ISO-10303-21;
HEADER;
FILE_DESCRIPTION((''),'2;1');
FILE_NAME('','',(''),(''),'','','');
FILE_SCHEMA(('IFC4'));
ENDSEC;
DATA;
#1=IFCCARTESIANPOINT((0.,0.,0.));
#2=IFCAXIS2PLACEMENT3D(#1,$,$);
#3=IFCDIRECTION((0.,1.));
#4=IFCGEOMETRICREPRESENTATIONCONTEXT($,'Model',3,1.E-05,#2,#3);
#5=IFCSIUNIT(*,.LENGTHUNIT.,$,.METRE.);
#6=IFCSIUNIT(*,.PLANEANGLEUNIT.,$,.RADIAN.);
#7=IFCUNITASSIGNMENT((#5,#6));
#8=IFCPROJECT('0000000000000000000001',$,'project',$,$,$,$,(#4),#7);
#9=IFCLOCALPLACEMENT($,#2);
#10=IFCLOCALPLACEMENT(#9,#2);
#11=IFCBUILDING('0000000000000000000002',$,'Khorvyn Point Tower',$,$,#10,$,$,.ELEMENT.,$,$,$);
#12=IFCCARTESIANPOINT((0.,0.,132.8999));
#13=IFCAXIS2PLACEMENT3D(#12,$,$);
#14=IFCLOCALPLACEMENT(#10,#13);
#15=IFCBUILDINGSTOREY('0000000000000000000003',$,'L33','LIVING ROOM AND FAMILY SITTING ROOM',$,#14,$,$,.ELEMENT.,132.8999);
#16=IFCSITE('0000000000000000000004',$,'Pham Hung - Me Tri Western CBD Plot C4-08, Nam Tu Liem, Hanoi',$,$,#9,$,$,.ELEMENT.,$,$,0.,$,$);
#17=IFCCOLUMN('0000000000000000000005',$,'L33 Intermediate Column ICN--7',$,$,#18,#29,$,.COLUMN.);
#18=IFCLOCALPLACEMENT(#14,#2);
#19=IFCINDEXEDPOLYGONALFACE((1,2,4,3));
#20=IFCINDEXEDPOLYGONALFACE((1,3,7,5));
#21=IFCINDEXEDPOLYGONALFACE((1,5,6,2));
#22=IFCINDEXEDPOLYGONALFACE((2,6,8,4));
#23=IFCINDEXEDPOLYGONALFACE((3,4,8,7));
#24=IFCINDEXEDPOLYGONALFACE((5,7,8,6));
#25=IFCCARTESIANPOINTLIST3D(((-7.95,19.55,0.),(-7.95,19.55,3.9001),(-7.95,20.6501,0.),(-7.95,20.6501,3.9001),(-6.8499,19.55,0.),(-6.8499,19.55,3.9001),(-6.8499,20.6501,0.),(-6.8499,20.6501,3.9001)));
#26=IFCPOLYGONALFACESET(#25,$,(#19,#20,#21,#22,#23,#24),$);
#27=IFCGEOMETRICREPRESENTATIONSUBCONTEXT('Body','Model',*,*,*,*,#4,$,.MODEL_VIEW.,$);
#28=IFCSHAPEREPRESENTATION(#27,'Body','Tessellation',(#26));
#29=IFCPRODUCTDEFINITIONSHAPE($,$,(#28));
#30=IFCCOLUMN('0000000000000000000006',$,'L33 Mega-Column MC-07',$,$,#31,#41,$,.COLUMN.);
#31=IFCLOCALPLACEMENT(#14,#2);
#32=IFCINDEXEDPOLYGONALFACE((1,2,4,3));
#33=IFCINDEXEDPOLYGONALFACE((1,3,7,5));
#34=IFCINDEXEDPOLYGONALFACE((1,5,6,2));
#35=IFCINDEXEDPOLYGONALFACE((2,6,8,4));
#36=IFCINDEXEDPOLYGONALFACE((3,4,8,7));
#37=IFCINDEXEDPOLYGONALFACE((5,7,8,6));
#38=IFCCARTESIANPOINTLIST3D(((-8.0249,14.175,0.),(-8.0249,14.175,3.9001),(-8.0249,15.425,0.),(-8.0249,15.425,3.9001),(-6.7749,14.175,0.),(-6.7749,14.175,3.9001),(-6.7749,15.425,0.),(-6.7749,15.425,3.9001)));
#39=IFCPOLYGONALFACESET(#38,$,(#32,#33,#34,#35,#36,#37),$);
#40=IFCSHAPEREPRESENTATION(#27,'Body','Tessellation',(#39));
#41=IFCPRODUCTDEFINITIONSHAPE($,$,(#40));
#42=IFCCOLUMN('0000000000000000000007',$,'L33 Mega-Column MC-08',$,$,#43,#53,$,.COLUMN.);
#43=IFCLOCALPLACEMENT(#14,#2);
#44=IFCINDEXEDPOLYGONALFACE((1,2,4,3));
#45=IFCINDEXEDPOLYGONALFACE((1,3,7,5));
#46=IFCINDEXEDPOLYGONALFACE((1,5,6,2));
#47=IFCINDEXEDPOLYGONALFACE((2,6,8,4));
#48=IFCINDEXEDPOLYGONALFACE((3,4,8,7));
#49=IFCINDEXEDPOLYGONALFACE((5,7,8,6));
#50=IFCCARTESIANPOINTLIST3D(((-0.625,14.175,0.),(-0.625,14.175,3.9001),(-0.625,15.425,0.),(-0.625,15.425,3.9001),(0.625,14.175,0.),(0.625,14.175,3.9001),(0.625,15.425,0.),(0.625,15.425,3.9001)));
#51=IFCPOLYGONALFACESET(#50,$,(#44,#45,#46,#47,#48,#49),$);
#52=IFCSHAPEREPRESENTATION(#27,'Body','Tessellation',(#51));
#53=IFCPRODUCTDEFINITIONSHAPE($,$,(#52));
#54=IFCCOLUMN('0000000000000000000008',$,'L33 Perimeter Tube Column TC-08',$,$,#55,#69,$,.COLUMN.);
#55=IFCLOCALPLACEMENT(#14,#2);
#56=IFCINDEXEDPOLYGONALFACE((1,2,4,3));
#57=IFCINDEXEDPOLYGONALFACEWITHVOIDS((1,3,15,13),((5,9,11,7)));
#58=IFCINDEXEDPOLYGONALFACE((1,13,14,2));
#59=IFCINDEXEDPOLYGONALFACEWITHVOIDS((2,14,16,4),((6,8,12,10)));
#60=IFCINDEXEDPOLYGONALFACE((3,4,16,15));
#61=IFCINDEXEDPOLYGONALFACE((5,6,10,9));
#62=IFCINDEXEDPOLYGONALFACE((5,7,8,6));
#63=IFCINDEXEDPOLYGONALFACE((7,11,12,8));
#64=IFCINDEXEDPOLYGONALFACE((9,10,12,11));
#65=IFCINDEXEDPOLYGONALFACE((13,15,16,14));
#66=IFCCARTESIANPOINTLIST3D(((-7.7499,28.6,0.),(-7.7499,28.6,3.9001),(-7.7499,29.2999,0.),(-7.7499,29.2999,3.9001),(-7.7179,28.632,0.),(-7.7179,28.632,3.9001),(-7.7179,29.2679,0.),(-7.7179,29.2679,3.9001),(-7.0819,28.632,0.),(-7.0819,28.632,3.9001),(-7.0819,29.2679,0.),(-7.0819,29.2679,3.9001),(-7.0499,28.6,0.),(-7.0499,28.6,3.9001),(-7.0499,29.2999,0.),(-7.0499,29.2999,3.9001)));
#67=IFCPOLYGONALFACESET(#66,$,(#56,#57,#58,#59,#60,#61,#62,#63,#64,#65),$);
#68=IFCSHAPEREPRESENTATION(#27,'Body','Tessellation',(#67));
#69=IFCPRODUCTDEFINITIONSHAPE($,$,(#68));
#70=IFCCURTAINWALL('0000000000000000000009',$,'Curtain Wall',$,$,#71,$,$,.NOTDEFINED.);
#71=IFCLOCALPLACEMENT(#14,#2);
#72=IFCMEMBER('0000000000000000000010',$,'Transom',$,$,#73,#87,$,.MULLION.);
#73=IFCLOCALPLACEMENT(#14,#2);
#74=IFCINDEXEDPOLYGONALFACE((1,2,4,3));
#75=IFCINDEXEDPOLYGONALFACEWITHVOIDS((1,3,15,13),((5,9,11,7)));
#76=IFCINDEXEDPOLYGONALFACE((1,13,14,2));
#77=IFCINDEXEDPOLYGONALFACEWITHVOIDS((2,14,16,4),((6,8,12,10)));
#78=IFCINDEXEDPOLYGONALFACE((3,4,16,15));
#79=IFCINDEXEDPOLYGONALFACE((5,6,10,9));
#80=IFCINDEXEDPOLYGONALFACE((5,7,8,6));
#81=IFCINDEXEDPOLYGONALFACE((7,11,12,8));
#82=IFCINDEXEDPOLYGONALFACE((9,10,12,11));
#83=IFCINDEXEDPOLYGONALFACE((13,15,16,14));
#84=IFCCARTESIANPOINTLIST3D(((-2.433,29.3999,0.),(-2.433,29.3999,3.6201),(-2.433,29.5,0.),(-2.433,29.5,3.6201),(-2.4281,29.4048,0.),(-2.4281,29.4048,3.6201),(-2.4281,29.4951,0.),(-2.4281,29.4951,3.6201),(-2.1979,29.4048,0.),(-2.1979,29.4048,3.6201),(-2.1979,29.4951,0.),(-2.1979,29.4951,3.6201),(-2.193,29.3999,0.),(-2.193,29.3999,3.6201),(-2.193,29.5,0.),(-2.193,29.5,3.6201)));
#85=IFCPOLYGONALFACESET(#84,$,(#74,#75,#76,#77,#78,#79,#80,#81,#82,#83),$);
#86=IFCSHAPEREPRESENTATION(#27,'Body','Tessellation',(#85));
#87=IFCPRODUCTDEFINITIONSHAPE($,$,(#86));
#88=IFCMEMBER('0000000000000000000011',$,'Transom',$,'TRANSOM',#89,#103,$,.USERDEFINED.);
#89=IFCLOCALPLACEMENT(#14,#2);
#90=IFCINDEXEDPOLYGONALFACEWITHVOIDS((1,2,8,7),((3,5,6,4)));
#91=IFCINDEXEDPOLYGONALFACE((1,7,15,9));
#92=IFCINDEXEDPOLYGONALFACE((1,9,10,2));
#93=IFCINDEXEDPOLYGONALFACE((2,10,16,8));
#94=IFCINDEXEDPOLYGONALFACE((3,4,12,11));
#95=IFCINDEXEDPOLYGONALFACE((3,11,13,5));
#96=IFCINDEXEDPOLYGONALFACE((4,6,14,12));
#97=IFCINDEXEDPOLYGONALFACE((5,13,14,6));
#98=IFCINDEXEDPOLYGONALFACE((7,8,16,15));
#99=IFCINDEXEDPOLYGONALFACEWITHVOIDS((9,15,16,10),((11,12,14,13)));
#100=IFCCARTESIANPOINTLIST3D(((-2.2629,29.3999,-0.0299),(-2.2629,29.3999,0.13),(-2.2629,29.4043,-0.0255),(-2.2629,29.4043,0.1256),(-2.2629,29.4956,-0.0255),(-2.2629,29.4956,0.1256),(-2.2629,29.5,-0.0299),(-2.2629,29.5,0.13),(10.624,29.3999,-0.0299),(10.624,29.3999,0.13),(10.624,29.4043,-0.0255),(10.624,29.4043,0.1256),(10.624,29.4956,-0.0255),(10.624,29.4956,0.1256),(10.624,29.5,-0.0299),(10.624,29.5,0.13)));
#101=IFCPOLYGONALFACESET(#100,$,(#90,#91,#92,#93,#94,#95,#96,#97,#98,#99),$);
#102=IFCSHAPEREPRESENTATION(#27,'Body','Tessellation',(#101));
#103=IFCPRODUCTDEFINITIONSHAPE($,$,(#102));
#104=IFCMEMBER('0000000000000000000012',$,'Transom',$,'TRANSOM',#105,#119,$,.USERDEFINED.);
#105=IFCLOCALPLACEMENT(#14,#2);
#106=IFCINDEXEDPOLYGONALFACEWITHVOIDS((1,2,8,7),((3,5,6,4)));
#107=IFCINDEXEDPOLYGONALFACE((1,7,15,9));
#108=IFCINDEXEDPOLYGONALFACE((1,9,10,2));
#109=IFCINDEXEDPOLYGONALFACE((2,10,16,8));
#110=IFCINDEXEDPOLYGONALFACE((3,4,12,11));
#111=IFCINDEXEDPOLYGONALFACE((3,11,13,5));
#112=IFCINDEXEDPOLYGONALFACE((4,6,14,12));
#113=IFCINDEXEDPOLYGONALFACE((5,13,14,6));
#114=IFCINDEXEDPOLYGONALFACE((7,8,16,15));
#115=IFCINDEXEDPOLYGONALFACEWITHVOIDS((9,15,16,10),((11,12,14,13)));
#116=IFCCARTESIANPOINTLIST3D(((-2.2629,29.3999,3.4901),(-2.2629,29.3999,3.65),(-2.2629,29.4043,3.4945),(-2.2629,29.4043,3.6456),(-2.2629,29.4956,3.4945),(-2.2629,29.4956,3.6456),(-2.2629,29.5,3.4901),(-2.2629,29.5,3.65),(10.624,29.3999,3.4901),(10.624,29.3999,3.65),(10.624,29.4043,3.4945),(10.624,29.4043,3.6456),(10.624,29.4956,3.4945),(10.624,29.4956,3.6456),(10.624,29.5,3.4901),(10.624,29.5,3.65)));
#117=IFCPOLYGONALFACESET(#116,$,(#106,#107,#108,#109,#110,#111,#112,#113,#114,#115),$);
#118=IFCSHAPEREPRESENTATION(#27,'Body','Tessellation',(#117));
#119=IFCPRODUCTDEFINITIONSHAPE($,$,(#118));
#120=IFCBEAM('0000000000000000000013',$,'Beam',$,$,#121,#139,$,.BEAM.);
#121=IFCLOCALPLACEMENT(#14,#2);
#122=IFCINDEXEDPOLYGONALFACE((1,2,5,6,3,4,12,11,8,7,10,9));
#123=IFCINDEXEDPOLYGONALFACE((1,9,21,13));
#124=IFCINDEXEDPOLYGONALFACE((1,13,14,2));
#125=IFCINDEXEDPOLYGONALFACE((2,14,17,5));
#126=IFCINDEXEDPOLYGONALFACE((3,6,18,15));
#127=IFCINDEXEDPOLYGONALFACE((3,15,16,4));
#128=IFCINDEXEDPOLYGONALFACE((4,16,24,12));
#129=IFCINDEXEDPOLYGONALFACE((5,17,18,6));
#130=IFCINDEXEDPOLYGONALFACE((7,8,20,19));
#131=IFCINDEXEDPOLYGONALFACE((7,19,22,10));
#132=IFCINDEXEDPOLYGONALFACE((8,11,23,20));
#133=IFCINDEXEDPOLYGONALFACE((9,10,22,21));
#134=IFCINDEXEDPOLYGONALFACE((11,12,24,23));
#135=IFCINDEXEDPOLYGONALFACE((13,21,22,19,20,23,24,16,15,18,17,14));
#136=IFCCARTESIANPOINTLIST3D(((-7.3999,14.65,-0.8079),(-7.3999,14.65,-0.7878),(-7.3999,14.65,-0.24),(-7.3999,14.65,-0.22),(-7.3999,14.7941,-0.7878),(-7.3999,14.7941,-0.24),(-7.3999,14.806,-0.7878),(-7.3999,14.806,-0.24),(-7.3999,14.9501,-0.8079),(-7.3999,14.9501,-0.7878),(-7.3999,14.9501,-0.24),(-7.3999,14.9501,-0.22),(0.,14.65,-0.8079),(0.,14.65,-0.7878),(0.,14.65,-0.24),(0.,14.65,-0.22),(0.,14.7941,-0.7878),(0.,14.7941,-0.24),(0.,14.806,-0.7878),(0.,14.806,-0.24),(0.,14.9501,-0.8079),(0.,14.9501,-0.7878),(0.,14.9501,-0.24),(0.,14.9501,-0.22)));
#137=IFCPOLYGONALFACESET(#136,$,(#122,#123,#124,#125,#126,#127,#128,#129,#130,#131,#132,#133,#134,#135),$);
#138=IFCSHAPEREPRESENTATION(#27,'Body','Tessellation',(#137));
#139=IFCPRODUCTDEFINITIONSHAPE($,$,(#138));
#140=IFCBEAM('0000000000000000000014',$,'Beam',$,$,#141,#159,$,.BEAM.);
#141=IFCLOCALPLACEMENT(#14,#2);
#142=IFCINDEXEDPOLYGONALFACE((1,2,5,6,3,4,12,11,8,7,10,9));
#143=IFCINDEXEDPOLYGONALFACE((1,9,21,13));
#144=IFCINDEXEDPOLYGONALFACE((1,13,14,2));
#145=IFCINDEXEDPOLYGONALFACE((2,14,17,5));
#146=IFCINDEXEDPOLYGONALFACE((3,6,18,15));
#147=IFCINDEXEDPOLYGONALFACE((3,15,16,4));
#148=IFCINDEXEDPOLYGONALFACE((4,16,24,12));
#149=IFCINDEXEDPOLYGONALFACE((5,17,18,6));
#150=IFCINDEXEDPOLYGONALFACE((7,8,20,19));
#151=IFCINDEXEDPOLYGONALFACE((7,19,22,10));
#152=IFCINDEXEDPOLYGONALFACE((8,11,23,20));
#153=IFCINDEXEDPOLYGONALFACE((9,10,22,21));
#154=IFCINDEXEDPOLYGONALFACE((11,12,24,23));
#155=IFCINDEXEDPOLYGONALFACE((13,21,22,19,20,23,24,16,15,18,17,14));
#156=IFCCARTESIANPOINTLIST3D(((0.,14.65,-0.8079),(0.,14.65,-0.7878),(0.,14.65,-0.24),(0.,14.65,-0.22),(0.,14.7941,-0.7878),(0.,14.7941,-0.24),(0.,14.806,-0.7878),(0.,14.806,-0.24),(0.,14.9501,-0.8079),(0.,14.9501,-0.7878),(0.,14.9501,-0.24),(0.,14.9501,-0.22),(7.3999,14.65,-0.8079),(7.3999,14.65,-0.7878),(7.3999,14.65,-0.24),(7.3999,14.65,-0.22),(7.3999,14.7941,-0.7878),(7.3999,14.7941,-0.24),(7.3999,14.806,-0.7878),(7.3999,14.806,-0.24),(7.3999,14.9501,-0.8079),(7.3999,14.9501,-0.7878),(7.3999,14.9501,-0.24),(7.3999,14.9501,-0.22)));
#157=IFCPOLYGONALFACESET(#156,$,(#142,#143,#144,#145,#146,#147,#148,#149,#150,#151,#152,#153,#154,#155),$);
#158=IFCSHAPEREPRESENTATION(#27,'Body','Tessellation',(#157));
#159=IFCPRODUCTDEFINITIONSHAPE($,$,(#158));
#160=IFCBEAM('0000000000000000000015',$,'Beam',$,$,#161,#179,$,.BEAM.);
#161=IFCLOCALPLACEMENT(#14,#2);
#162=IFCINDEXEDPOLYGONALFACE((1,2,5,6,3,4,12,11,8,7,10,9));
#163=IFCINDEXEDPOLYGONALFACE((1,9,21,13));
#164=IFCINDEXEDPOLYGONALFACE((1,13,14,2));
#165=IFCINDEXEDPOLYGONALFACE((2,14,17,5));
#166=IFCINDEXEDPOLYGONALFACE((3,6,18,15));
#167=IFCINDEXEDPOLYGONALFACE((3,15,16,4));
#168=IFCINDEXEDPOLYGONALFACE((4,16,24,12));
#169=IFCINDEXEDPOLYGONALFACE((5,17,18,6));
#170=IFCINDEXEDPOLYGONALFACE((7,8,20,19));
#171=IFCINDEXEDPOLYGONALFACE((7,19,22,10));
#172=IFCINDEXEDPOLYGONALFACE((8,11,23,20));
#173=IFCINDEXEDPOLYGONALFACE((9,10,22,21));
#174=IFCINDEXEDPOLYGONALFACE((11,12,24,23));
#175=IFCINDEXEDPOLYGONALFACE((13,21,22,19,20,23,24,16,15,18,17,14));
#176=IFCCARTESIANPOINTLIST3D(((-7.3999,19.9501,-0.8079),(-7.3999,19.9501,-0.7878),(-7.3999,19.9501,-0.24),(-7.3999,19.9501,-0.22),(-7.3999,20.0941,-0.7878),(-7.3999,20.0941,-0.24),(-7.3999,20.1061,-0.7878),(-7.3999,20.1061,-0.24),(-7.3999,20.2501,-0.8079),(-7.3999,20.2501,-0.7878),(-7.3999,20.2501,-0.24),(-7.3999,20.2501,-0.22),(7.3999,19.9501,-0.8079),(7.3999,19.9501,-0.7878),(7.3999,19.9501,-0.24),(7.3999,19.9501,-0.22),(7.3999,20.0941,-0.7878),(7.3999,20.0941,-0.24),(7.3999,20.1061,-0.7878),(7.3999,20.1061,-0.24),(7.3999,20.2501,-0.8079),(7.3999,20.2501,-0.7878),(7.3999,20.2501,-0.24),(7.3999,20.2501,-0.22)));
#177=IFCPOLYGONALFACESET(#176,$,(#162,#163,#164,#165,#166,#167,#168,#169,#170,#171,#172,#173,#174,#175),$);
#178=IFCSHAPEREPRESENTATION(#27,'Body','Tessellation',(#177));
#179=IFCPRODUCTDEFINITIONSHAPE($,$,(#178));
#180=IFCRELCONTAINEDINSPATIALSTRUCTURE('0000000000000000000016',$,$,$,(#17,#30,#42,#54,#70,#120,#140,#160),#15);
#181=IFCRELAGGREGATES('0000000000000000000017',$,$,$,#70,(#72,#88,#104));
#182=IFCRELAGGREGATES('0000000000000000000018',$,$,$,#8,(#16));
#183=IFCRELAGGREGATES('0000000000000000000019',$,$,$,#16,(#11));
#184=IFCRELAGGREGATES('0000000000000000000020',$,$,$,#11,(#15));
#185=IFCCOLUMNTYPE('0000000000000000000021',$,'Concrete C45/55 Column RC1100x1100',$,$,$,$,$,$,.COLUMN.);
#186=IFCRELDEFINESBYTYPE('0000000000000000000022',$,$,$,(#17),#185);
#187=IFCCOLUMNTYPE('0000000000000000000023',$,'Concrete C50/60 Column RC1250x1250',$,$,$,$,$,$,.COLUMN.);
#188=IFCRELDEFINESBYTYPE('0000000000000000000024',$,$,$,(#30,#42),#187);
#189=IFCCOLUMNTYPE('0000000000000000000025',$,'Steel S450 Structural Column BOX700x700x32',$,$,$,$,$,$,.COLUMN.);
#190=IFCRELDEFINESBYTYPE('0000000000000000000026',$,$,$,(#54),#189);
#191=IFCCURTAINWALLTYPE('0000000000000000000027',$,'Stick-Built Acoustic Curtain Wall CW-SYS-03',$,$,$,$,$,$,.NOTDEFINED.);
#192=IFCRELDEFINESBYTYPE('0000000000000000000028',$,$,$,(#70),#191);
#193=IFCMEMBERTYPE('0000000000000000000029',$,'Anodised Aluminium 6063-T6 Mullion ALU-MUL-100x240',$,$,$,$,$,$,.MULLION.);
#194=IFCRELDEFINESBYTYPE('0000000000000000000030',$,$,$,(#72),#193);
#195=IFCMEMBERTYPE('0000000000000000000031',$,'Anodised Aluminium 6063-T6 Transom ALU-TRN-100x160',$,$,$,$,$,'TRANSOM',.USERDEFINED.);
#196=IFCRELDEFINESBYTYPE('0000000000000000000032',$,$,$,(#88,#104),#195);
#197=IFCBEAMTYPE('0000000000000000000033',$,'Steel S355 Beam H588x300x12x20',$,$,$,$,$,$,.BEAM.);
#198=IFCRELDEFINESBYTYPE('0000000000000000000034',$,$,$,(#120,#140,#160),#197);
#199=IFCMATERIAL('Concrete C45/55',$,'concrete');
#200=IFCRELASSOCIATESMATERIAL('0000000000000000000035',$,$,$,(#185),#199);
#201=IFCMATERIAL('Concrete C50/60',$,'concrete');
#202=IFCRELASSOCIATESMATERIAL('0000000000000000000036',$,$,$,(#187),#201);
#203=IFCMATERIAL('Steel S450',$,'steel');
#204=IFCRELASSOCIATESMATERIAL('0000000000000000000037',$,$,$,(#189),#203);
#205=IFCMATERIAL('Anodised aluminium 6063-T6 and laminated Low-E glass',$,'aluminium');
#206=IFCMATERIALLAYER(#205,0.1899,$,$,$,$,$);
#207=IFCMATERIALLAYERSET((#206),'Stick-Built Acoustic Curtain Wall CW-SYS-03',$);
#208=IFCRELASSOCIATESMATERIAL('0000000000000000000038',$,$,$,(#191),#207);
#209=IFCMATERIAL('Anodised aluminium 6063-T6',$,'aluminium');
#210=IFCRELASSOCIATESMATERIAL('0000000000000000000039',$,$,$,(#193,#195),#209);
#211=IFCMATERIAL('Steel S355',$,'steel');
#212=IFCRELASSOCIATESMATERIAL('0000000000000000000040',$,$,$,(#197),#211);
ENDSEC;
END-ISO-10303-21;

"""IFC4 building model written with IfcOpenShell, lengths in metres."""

from ifc_helpers import new_model, si_unit, direction, frame, origin, origin_2d, place, context, subcontext, project, spatial, rectangle, hollow_rectangle, i_section, extrude, material, layer, layer_set, material_profile, profile_set, type_object, element, aggregate, save


model = new_model("IFC4")

# Units and contexts
model_context = context("Model", 3, precision=1e-05, world=origin(), true_north=direction((0.0, 1.0)))
body_context = subcontext(model_context, "Body", "Model", "MODEL_VIEW")
ifc_project = project(units=[si_unit("LENGTHUNIT", "METRE"), si_unit("PLANEANGLEUNIT", "RADIAN")], contexts=[model_context])

# Site, building, storey
site_placement = place(None, origin())
site = spatial("IfcSite", under=ifc_project, at=site_placement, Name="Pham Hung - Me Tri Western CBD Plot C4-08, Nam Tu Liem, Hanoi", CompositionType="ELEMENT", RefElevation=0.0)
building_placement = place(site_placement, origin())
building = spatial("IfcBuilding", under=site, at=building_placement, Name="Khorvyn Point Tower", CompositionType="ELEMENT")
storey_placement = place(building_placement, frame((0.0, 0.0, 132.8999)))
storey = spatial("IfcBuildingStorey", under=building, at=storey_placement, Name="L33", Description="LIVING ROOM AND FAMILY SITTING ROOM", CompositionType="ELEMENT", Elevation=132.8999)

# Columns
ifc_material_1 = material(Name="Concrete C45/55", Category="concrete")
ifc_material_profile_1 = material_profile(ifc_material_1, rectangle(XDim=1.1001, YDim=1.1001, at=origin_2d()))
ifc_profile_set_1 = profile_set([ifc_material_profile_1], Name="Concrete C45/55 RC1100x1100")
column_type_1 = type_object("IfcColumnType", Name="Concrete C45/55 Column RC1100x1100", PredefinedType="COLUMN", material=ifc_profile_set_1)
column_1_placement = place(storey_placement, frame((-7.3999, 20.1001, 0.0), z_axis=(0.0, 0.0, 1.0), x_axis=(1.0, 0.0, 0.0)))
element("IfcColumn", 1, at=column_1_placement, inside=storey, type_object=column_type_1, Name="L33 Intermediate Column ICN--7", PredefinedType="COLUMN", context=body_context, shape_type="SweptSolid", body=[
    extrude(rectangle(XDim=1.1001, YDim=1.1001, at=origin_2d()), origin(), (0.0, 0.0, 1.0), 3.9001),
])
ifc_material_2 = material(Name="Concrete C50/60", Category="concrete")
ifc_material_profile_2 = material_profile(ifc_material_2, rectangle(XDim=1.25, YDim=1.25, at=origin_2d()))
ifc_profile_set_2 = profile_set([ifc_material_profile_2], Name="Concrete C50/60 RC1250x1250")
column_type_2 = type_object("IfcColumnType", Name="Concrete C50/60 Column RC1250x1250", PredefinedType="COLUMN", material=ifc_profile_set_2)
for number, where, z_axis, x_axis, name in (
    (2, (-7.3999, 14.8, 0.0), (0.0, 0.0, 1.0), (1.0, 0.0, 0.0), "L33 Mega-Column MC-07"),
    (3, (0.0, 14.8, 0.0), (0.0, 0.0, 1.0), (1.0, 0.0, 0.0), "L33 Mega-Column MC-08"),
):
    element("IfcColumn", number, at=place(storey_placement, frame(where, z_axis=z_axis, x_axis=x_axis)), inside=storey, type_object=column_type_2, Name=name, PredefinedType="COLUMN", context=body_context, shape_type="SweptSolid", body=[
        extrude(rectangle(XDim=1.25, YDim=1.25, at=origin_2d()), origin(), (0.0, 0.0, 1.0), 3.9001),
    ])
ifc_material_3 = material(Name="Steel S450", Category="steel")
ifc_material_profile_3 = material_profile(ifc_material_3, hollow_rectangle(XDim=0.7, YDim=0.7, WallThickness=0.032, at=origin_2d()))
ifc_profile_set_3 = profile_set([ifc_material_profile_3], Name="Steel S450 BOX700x700x32")
column_type_3 = type_object("IfcColumnType", Name="Steel S450 Structural Column BOX700x700x32", PredefinedType="COLUMN", material=ifc_profile_set_3)
column_2_placement = place(storey_placement, frame((-7.3999, 28.95, 0.0), z_axis=(0.0, 0.0, 1.0), x_axis=(1.0, 0.0, 0.0)))
element("IfcColumn", 4, at=column_2_placement, inside=storey, type_object=column_type_3, Name="L33 Perimeter Tube Column TC-08", PredefinedType="COLUMN", context=body_context, shape_type="SweptSolid", body=[
    extrude(hollow_rectangle(XDim=0.7, YDim=0.7, WallThickness=0.032, at=origin_2d()), origin(), (0.0, 0.0, 1.0), 3.9001),
])

# Curtain wall, members
ifc_material_4 = material(Name="Anodised aluminium 6063-T6 and laminated Low-E glass", Category="aluminium")
ifc_layer_1 = layer(ifc_material_4, 0.1899)
ifc_layer_set_1 = layer_set([ifc_layer_1], Name="Stick-Built Acoustic Curtain Wall CW-SYS-03")
curtain_wall_type = type_object("IfcCurtainWallType", Name="Stick-Built Acoustic Curtain Wall CW-SYS-03", PredefinedType="NOTDEFINED", material=ifc_layer_set_1)
curtain_wall_placement = place(storey_placement, origin())
curtain_wall = element("IfcCurtainWall", 5, at=curtain_wall_placement, inside=storey, type_object=curtain_wall_type, Name="Curtain Wall", PredefinedType="NOTDEFINED")
ifc_material_5 = material(Name="Anodised aluminium 6063-T6", Category="aluminium")
ifc_material_profile_4 = material_profile(ifc_material_5, hollow_rectangle(XDim=0.1001, YDim=0.24, WallThickness=0.0049, at=origin_2d()))
ifc_profile_set_4 = profile_set([ifc_material_profile_4], Name="Anodised aluminium 6063-T6 ALU-MUL-100x240")
member_type_1 = type_object("IfcMemberType", Name="Anodised Aluminium 6063-T6 Mullion ALU-MUL-100x240", PredefinedType="MULLION", material=ifc_profile_set_4)
member_1_placement = place(storey_placement, frame((-2.313, 29.45, 0.0), z_axis=(0.0, 0.0, 1.0), x_axis=(0.0, 1.0, 0.0)))
member_1 = element("IfcMember", 6, at=member_1_placement, type_object=member_type_1, Name="Transom", PredefinedType="MULLION", context=body_context, shape_type="SweptSolid", body=[
    extrude(hollow_rectangle(XDim=0.1001, YDim=0.24, WallThickness=0.0049, at=origin_2d()), origin(), (0.0, 0.0, 1.0), 3.6201),
])
ifc_material_profile_5 = material_profile(ifc_material_5, hollow_rectangle(XDim=0.1001, YDim=0.1599, WallThickness=0.0044, at=origin_2d()))
ifc_profile_set_5 = profile_set([ifc_material_profile_5], Name="Anodised aluminium 6063-T6 ALU-TRN-100x160")
member_type_2 = type_object("IfcMemberType", Name="Anodised Aluminium 6063-T6 Transom ALU-TRN-100x160", ElementType="TRANSOM", PredefinedType="USERDEFINED", material=ifc_profile_set_5)
member_2_placement = place(storey_placement, frame((-2.2629, 29.45, 0.05), z_axis=(1.0, 0.0, 0.0), x_axis=(0.0, 1.0, 0.0)))
member_2 = element("IfcMember", 7, at=member_2_placement, type_object=member_type_2, Name="Transom", ObjectType="TRANSOM", PredefinedType="USERDEFINED", context=body_context, shape_type="SweptSolid", body=[
    extrude(hollow_rectangle(XDim=0.1001, YDim=0.1599, WallThickness=0.0044, at=origin_2d()), origin(), (0.0, 0.0, 1.0), 12.887),
])
member_3_placement = place(storey_placement, frame((-2.2629, 29.45, 3.5701), z_axis=(1.0, 0.0, 0.0), x_axis=(0.0, 1.0, 0.0)))
member_3 = element("IfcMember", 8, at=member_3_placement, type_object=member_type_2, Name="Transom", ObjectType="TRANSOM", PredefinedType="USERDEFINED", context=body_context, shape_type="SweptSolid", body=[
    extrude(hollow_rectangle(XDim=0.1001, YDim=0.1599, WallThickness=0.0044, at=origin_2d()), origin(), (0.0, 0.0, 1.0), 12.887),
])

# Beams
ifc_material_6 = material(Name="Steel S355", Category="steel")
ifc_material_profile_6 = material_profile(ifc_material_6, i_section(OverallWidth=0.3, OverallDepth=0.5879, WebThickness=0.012, FlangeThickness=0.02, at=origin_2d()))
ifc_profile_set_6 = profile_set([ifc_material_profile_6], Name="Steel S355 H588x300x12x20")
beam_type_1 = type_object("IfcBeamType", Name="Steel S355 Beam H588x300x12x20", PredefinedType="BEAM", material=ifc_profile_set_6)
for number, where, z_axis, x_axis, name in (
    (9, (-7.3999, 14.8, -0.5139), (1.0, 0.0, 0.0), (0.0, 1.0, 0.0), "Beam"),
    (10, (0.0, 14.8, -0.5139), (1.0, 0.0, 0.0), (0.0, 1.0, 0.0), "Beam"),
):
    element("IfcBeam", number, at=place(storey_placement, frame(where, z_axis=z_axis, x_axis=x_axis)), inside=storey, type_object=beam_type_1, Name=name, PredefinedType="BEAM", context=body_context, shape_type="SweptSolid", body=[
        extrude(i_section(OverallWidth=0.3, OverallDepth=0.5879, WebThickness=0.012, FlangeThickness=0.02, at=origin_2d()), origin(), (0.0, 0.0, 1.0), 7.3999),
    ])
beam_1_placement = place(storey_placement, frame((-7.3999, 20.1001, -0.5139), z_axis=(1.0, 0.0, 0.0), x_axis=(0.0, 1.0, 0.0)))
element("IfcBeam", 11, at=beam_1_placement, inside=storey, type_object=beam_type_1, Name="Beam", PredefinedType="BEAM", context=body_context, shape_type="SweptSolid", body=[
    extrude(i_section(OverallWidth=0.3, OverallDepth=0.5879, WebThickness=0.012, FlangeThickness=0.02, at=origin_2d()), origin(), (0.0, 0.0, 1.0), 14.7998),
])

aggregate(curtain_wall, [member_1, member_2, member_3])

save(model, "model.ifc")
